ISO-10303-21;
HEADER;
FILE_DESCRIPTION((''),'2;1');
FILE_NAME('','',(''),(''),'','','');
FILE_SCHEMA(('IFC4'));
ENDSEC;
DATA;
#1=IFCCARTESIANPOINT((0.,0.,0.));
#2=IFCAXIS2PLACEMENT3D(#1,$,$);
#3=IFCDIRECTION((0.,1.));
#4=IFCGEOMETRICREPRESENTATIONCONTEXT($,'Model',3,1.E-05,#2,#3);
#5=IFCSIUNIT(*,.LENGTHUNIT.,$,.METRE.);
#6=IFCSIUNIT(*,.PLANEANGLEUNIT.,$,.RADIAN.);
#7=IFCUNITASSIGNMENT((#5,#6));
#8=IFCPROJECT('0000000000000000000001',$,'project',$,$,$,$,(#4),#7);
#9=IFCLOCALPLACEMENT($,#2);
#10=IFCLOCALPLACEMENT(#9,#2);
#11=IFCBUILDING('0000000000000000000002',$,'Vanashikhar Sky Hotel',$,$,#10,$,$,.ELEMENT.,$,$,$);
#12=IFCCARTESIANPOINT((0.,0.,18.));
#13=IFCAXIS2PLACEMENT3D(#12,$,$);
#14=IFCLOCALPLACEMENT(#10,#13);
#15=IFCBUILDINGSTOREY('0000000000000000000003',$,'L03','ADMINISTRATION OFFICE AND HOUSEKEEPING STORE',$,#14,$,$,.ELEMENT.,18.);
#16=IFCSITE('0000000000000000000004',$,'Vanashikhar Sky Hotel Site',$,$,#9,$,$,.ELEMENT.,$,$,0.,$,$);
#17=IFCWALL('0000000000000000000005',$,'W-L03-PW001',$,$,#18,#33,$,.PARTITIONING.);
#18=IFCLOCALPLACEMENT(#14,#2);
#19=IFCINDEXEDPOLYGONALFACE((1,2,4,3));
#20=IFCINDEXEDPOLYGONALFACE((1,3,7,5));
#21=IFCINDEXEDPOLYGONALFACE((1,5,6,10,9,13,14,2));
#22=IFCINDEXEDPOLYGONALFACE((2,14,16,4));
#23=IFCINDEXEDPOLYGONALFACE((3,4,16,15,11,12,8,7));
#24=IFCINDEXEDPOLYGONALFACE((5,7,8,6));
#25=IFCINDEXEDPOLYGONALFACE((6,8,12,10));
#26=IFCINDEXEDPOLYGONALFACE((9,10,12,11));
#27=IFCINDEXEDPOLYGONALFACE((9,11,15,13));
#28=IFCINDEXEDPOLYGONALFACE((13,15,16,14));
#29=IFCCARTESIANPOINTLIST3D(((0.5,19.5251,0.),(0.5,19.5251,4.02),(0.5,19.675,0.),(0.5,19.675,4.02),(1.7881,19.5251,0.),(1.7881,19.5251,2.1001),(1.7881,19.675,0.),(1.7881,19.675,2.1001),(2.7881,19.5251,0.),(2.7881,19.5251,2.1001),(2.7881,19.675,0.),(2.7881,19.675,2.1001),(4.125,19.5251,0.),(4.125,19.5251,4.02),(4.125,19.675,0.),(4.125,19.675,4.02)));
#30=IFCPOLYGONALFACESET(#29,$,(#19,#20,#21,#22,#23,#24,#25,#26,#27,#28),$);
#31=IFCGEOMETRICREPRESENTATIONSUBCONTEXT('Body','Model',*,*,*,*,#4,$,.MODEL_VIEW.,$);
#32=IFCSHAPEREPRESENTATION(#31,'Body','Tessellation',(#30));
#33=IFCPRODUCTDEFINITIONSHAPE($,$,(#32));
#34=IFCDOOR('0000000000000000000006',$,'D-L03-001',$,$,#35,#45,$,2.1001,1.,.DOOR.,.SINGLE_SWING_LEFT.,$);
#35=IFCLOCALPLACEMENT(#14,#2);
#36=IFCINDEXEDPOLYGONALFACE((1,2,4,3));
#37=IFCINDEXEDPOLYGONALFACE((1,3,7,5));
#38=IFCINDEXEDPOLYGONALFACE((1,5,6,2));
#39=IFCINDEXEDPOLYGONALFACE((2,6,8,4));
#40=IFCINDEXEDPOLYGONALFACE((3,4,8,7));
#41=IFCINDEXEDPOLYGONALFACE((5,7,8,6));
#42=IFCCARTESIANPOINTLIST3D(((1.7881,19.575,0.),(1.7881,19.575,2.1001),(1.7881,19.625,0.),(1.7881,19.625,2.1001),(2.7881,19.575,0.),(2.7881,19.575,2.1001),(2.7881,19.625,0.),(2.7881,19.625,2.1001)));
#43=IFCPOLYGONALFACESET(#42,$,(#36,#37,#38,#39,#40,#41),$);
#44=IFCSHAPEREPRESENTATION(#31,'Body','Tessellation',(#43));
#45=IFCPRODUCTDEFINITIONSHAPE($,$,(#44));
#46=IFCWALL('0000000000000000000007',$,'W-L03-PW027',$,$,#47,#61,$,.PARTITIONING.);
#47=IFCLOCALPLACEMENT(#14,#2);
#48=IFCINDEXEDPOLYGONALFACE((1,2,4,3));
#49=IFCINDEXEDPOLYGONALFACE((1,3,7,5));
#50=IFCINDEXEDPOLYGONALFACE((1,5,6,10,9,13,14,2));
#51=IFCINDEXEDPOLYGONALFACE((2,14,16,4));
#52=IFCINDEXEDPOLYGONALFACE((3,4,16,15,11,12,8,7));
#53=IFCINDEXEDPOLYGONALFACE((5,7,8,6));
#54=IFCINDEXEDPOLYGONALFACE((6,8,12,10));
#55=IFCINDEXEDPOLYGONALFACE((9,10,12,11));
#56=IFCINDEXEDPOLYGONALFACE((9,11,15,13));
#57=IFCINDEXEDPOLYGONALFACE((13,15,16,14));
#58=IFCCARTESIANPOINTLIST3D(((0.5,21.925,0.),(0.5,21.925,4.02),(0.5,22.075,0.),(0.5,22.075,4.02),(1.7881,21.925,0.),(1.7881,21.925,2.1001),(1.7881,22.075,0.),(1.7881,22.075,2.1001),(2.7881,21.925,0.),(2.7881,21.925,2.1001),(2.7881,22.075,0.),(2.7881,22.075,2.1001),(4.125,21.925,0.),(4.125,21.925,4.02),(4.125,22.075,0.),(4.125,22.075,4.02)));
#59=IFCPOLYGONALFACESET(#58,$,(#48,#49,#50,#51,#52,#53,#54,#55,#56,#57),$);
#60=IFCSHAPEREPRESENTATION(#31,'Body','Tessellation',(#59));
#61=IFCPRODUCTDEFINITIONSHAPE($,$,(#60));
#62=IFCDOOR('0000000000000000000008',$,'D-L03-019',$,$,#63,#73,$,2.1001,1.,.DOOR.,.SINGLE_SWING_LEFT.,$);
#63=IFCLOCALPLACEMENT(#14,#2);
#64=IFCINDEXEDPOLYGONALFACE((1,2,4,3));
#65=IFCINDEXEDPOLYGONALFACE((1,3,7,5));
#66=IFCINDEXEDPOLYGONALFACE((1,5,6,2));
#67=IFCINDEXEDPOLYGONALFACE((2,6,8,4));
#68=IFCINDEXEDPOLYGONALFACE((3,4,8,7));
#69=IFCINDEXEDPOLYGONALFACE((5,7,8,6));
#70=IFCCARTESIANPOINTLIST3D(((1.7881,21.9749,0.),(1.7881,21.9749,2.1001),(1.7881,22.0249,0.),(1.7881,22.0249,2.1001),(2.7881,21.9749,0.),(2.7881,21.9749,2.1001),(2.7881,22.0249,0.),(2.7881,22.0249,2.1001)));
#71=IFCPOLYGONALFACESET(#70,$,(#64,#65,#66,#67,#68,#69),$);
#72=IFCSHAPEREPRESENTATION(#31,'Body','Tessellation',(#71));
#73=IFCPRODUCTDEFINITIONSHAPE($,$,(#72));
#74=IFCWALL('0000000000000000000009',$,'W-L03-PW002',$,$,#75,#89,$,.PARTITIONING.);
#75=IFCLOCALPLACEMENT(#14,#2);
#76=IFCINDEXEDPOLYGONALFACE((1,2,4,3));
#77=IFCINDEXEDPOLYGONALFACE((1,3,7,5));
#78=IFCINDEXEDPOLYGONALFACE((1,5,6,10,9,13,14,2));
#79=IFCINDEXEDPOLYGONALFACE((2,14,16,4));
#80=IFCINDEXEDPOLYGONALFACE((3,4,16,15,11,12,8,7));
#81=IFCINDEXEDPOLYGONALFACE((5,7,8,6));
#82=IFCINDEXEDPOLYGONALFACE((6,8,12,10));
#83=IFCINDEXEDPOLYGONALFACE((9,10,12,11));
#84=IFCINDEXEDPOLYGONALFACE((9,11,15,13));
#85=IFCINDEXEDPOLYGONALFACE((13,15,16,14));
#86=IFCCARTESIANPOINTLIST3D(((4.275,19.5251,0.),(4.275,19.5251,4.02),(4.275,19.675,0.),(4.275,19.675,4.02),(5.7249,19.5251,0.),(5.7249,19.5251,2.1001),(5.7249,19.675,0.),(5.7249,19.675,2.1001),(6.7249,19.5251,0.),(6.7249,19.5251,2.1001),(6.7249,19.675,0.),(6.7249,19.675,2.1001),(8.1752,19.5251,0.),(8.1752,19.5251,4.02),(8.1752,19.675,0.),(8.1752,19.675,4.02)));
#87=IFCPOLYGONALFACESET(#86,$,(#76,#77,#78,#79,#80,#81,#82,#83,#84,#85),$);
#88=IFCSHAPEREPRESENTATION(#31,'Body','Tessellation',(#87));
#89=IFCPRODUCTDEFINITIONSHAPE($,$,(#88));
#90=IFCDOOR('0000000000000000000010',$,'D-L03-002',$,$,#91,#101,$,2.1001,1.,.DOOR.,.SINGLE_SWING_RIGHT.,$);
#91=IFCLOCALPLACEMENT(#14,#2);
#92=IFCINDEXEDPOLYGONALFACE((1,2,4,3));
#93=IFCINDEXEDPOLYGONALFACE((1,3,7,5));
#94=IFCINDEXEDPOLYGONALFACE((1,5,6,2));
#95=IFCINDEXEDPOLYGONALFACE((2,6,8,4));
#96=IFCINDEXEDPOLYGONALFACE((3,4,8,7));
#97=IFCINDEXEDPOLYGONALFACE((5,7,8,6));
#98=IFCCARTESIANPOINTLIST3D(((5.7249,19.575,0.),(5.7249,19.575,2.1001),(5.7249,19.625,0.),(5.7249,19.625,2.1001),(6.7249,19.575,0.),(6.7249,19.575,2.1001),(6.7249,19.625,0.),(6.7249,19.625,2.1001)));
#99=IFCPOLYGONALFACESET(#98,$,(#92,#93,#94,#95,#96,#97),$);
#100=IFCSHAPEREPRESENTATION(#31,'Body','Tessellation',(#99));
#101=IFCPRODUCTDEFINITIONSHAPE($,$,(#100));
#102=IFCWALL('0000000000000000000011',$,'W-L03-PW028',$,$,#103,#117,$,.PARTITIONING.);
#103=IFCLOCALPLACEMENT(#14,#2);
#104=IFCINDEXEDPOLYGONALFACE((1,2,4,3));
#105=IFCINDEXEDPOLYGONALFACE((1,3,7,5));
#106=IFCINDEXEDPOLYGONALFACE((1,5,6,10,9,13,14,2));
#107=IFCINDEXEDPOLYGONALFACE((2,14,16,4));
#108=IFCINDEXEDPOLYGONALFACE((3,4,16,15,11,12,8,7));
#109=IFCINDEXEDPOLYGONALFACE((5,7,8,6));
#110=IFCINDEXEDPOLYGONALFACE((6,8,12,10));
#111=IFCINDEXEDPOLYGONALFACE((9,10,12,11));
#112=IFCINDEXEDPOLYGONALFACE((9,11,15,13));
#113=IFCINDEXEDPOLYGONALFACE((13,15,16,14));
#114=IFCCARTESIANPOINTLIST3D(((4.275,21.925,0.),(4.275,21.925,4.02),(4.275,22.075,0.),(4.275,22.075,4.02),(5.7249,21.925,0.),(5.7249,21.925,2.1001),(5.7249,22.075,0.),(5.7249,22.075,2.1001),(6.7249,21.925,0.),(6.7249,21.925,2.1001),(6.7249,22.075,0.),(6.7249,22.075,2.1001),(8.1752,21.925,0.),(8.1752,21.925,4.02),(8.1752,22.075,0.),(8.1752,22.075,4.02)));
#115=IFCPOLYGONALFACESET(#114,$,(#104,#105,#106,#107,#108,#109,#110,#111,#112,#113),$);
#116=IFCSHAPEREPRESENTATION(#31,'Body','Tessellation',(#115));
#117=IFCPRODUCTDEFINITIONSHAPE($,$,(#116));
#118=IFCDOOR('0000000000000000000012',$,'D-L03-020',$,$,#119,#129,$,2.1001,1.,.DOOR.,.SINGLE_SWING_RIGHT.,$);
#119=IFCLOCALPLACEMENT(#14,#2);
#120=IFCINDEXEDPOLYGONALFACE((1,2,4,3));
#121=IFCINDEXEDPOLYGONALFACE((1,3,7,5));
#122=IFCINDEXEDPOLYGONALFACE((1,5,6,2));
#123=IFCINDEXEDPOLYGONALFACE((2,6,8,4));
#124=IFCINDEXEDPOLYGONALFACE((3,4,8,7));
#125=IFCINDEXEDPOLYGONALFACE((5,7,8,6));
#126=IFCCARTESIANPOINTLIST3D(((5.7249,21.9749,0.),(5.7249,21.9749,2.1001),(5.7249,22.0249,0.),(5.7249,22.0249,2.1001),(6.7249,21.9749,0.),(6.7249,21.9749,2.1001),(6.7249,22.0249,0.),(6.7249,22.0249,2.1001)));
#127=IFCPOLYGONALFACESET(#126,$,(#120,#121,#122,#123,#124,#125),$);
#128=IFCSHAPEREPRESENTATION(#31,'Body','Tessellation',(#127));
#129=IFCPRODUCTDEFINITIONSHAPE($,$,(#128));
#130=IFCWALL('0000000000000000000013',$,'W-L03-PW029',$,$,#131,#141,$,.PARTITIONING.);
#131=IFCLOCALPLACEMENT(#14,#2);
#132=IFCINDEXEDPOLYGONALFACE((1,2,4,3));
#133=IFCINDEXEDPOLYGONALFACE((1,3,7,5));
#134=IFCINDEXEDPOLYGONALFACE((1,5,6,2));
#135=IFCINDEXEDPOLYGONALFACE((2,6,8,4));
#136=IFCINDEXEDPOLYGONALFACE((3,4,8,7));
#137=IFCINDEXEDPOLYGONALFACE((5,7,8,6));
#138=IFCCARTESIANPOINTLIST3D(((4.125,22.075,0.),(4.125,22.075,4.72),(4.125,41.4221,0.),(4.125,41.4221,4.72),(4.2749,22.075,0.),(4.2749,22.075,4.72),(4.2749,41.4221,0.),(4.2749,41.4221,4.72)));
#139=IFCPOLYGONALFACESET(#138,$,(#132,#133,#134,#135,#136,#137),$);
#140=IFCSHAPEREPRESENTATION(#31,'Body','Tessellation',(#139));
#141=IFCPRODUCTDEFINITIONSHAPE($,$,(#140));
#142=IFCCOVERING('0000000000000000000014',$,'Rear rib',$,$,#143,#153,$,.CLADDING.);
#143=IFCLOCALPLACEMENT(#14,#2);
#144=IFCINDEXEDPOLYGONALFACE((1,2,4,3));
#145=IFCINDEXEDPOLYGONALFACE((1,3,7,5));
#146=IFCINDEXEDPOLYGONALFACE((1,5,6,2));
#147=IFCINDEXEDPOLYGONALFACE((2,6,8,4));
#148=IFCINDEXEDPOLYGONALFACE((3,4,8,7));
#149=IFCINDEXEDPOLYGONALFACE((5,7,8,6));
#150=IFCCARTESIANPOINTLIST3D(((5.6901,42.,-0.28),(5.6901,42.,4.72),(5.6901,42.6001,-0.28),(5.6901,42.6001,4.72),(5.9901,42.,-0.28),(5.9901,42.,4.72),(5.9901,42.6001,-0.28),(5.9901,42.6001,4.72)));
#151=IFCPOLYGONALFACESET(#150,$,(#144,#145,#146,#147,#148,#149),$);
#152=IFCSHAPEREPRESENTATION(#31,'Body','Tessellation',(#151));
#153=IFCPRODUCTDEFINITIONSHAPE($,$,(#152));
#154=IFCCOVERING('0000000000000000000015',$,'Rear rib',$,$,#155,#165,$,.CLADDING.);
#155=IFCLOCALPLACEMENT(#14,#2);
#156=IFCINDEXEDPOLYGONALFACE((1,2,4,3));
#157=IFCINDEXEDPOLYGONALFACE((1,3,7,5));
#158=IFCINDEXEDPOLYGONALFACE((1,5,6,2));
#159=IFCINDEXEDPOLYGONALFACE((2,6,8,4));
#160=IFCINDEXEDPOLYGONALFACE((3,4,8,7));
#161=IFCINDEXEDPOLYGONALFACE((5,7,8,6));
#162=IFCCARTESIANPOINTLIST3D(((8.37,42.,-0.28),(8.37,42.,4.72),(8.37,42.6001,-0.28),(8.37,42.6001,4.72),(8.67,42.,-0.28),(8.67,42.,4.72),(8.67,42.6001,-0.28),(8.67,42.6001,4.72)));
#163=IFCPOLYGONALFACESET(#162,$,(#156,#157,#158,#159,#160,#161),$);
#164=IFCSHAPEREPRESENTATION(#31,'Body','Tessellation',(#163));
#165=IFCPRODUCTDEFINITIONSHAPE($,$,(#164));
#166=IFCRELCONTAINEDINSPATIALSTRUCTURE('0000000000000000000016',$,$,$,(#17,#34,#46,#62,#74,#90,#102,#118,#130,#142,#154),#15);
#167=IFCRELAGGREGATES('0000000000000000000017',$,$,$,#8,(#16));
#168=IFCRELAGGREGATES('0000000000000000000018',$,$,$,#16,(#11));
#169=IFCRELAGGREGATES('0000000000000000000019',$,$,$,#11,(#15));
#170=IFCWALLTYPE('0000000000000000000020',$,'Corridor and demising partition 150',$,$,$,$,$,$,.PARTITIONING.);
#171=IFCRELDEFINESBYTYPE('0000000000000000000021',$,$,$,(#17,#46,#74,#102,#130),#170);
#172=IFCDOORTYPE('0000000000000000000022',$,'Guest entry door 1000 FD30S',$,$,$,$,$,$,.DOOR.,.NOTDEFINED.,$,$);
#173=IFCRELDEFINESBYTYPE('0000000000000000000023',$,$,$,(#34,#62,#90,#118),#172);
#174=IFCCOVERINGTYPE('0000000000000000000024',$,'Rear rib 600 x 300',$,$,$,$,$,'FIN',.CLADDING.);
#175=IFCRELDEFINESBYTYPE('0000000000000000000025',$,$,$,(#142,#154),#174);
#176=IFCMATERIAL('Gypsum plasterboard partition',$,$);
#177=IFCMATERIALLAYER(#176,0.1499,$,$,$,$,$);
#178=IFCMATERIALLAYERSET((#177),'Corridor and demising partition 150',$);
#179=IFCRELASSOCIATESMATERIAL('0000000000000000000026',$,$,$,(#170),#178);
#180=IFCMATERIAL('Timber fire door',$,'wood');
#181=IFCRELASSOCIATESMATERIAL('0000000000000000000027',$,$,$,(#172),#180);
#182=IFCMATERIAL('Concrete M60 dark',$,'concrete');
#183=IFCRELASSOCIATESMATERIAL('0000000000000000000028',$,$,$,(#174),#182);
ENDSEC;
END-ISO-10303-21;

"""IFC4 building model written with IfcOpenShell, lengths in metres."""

from ifc_helpers import new_model, si_unit, direction, frame, frame_2d, origin, origin_2d, place, context, subcontext, project, spatial, rectangle, extrude, source, transform, mapped, material, layer, layer_set, material_profile, profile_set, type_object, element, fill, save


model = new_model("IFC4")

# Units and contexts
model_context = context("Model", 3, precision=1e-05, world=origin(), true_north=direction((0.0, 1.0)))
body_context = subcontext(model_context, "Body", "Model", "MODEL_VIEW")
ifc_project = project(units=[si_unit("LENGTHUNIT", "METRE"), si_unit("PLANEANGLEUNIT", "RADIAN")], contexts=[model_context])

# Site, building, storey
site_placement = place(None, origin())
site = spatial("IfcSite", under=ifc_project, at=site_placement, Name="Vanashikhar Sky Hotel Site", CompositionType="ELEMENT", RefElevation=0.0)
building_placement = place(site_placement, origin())
building = spatial("IfcBuilding", under=site, at=building_placement, Name="Vanashikhar Sky Hotel", CompositionType="ELEMENT")
storey_placement = place(building_placement, frame((0.0, 0.0, 18.0)))
storey = spatial("IfcBuildingStorey", under=building, at=storey_placement, Name="L03", Description="ADMINISTRATION OFFICE AND HOUSEKEEPING STORE", CompositionType="ELEMENT", Elevation=18.0)

# Walls, openings, doors
ifc_material_1 = material(Name="Gypsum plasterboard partition")
ifc_layer_1 = layer(ifc_material_1, 0.1499)
ifc_layer_set_1 = layer_set([ifc_layer_1], Name="Corridor and demising partition 150")
wall_type_1 = type_object("IfcWallType", Name="Corridor and demising partition 150", PredefinedType="PARTITIONING", material=ifc_layer_set_1)
shared_shape_1 = source(origin(), body_context, "Body", "SweptSolid", [
    extrude(rectangle(XDim=3.625, YDim=0.1499, at=frame_2d((1.8125, 0.0))), origin(), (0.0, 0.0, 1.0), 4.02),
])
wall_1_placement = place(storey_placement, frame((0.5, 19.6001, 0.0), z_axis=(0.0, 0.0, 1.0), x_axis=(1.0, 0.0, 0.0)))
wall_1 = element("IfcWall", 1, at=wall_1_placement, inside=storey, type_object=wall_type_1, Name="W-L03-PW001", PredefinedType="PARTITIONING", context=body_context, shape_type="MappedRepresentation", body=[
    mapped(shared_shape_1, transform((0.0, 0.0, 0.0), scale=1.0)),
])
shared_shape_2 = source(origin(), body_context, "Body", "SweptSolid", [
    extrude(rectangle(XDim=1.0, YDim=2.1001, at=frame_2d((0.5, 1.05))), frame((0.0, 0.085, 0.0), z_axis=(0.0, -1.0, 0.0), x_axis=(1.0, 0.0, 0.0)), (0.0, 0.0, 1.0), 0.1699),
])
opening_1_placement = place(wall_1_placement, frame((1.2881, 0.0, 0.0)))
opening_1 = element("IfcOpeningElement", 2, at=opening_1_placement, cuts=wall_1, PredefinedType="OPENING", context=body_context, shape_type="MappedRepresentation", body=[
    mapped(shared_shape_2, transform((0.0, 0.0, 0.0), scale=1.0)),
])
ifc_material_2 = material(Name="Timber fire door", Category="wood")
door_type_1 = type_object("IfcDoorType", Name="Guest entry door 1000 FD30S", OperationType="NOTDEFINED", PredefinedType="DOOR", material=ifc_material_2)
shared_shape_3 = source(origin(), body_context, "Body", "SweptSolid", [
    extrude(rectangle(XDim=1.0, YDim=2.1001, at=frame_2d((0.5, 1.05))), frame((0.0, 0.0249, 0.0), z_axis=(0.0, -1.0, 0.0), x_axis=(1.0, 0.0, 0.0)), (0.0, 0.0, 1.0), 0.05),
])
door_1_placement = place(opening_1_placement, origin())
door_1 = element("IfcDoor", 3, at=door_1_placement, inside=storey, type_object=door_type_1, Name="D-L03-001", OperationType="SINGLE_SWING_LEFT", OverallHeight=2.1001, OverallWidth=1.0, PredefinedType="DOOR", context=body_context, shape_type="MappedRepresentation", body=[
    mapped(shared_shape_3, transform((0.0, 0.0, 0.0), scale=1.0)),
])
fill(opening_1, door_1)
wall_2_placement = place(storey_placement, frame((0.5, 22.0, 0.0), z_axis=(0.0, 0.0, 1.0), x_axis=(1.0, 0.0, 0.0)))
wall_2 = element("IfcWall", 4, at=wall_2_placement, inside=storey, type_object=wall_type_1, Name="W-L03-PW027", PredefinedType="PARTITIONING", context=body_context, shape_type="MappedRepresentation", body=[
    mapped(shared_shape_1, transform((0.0, 0.0, 0.0), scale=1.0)),
])
opening_2_placement = place(wall_2_placement, frame((1.2881, 0.0, 0.0)))
opening_2 = element("IfcOpeningElement", 5, at=opening_2_placement, cuts=wall_2, PredefinedType="OPENING", context=body_context, shape_type="MappedRepresentation", body=[
    mapped(shared_shape_2, transform((0.0, 0.0, 0.0), scale=1.0)),
])
door_2_placement = place(opening_2_placement, origin())
door_2 = element("IfcDoor", 6, at=door_2_placement, inside=storey, type_object=door_type_1, Name="D-L03-019", OperationType="SINGLE_SWING_LEFT", OverallHeight=2.1001, OverallWidth=1.0, PredefinedType="DOOR", context=body_context, shape_type="MappedRepresentation", body=[
    mapped(shared_shape_3, transform((0.0, 0.0, 0.0), scale=1.0)),
])
fill(opening_2, door_2)
shared_shape_4 = source(origin(), body_context, "Body", "SweptSolid", [
    extrude(rectangle(XDim=3.9001, YDim=0.1499, at=frame_2d((1.9502, 0.0))), origin(), (0.0, 0.0, 1.0), 4.02),
])
wall_3_placement = place(storey_placement, frame((4.2749, 19.6001, 0.0), z_axis=(0.0, 0.0, 1.0), x_axis=(1.0, 0.0, 0.0)))
wall_3 = element("IfcWall", 7, at=wall_3_placement, inside=storey, type_object=wall_type_1, Name="W-L03-PW002", PredefinedType="PARTITIONING", context=body_context, shape_type="MappedRepresentation", body=[
    mapped(shared_shape_4, transform((0.0, 0.0, 0.0), scale=1.0)),
])
opening_3_placement = place(wall_3_placement, frame((1.45, 0.0, 0.0)))
opening_3 = element("IfcOpeningElement", 8, at=opening_3_placement, cuts=wall_3, PredefinedType="OPENING", context=body_context, shape_type="MappedRepresentation", body=[
    mapped(shared_shape_2, transform((0.0, 0.0, 0.0), scale=1.0)),
])
door_3_placement = place(opening_3_placement, origin())
door_3 = element("IfcDoor", 9, at=door_3_placement, inside=storey, type_object=door_type_1, Name="D-L03-002", OperationType="SINGLE_SWING_RIGHT", OverallHeight=2.1001, OverallWidth=1.0, PredefinedType="DOOR", context=body_context, shape_type="MappedRepresentation", body=[
    mapped(shared_shape_3, transform((0.0, 0.0, 0.0), scale=1.0)),
])
fill(opening_3, door_3)
wall_4_placement = place(storey_placement, frame((4.2749, 22.0, 0.0), z_axis=(0.0, 0.0, 1.0), x_axis=(1.0, 0.0, 0.0)))
wall_4 = element("IfcWall", 10, at=wall_4_placement, inside=storey, type_object=wall_type_1, Name="W-L03-PW028", PredefinedType="PARTITIONING", context=body_context, shape_type="MappedRepresentation", body=[
    mapped(shared_shape_4, transform((0.0, 0.0, 0.0), scale=1.0)),
])
opening_4_placement = place(wall_4_placement, frame((1.45, 0.0, 0.0)))
opening_4 = element("IfcOpeningElement", 11, at=opening_4_placement, cuts=wall_4, PredefinedType="OPENING", context=body_context, shape_type="MappedRepresentation", body=[
    mapped(shared_shape_2, transform((0.0, 0.0, 0.0), scale=1.0)),
])
door_4_placement = place(opening_4_placement, origin())
door_4 = element("IfcDoor", 12, at=door_4_placement, inside=storey, type_object=door_type_1, Name="D-L03-020", OperationType="SINGLE_SWING_RIGHT", OverallHeight=2.1001, OverallWidth=1.0, PredefinedType="DOOR", context=body_context, shape_type="MappedRepresentation", body=[
    mapped(shared_shape_3, transform((0.0, 0.0, 0.0), scale=1.0)),
])
fill(opening_4, door_4)

# Wall
shared_shape_5 = source(origin(), body_context, "Body", "SweptSolid", [
    extrude(rectangle(XDim=19.3472, YDim=0.1499, at=frame_2d((9.6736, 0.0))), origin(), (0.0, 0.0, 1.0), 4.72),
])
wall_5_placement = place(storey_placement, frame((4.2, 22.075, 0.0), z_axis=(0.0, 0.0, 1.0), x_axis=(0.0, 1.0, 0.0)))
element("IfcWall", 13, at=wall_5_placement, inside=storey, type_object=wall_type_1, Name="W-L03-PW029", PredefinedType="PARTITIONING", context=body_context, shape_type="MappedRepresentation", body=[
    mapped(shared_shape_5, transform((0.0, 0.0, 0.0), scale=1.0)),
])

# Coverings
ifc_material_3 = material(Name="Concrete M60 dark", Category="concrete")
ifc_material_profile_1 = material_profile(ifc_material_3, rectangle(XDim=0.6001, YDim=0.3, at=origin_2d()))
ifc_profile_set_1 = profile_set([ifc_material_profile_1], Name="Rear rib 600 x 300")
covering_type_1 = type_object("IfcCoveringType", Name="Rear rib 600 x 300", ElementType="FIN", PredefinedType="CLADDING", material=ifc_profile_set_1)
shared_shape_6 = source(origin(), body_context, "Body", "SweptSolid", [
    extrude(rectangle(XDim=0.6001, YDim=0.3, at=origin_2d()), origin(), (0.0, 0.0, 1.0), 5.0),
])
for number, where, z_axis, x_axis, name in (
    (14, (5.8401, 42.3, -0.28), (0.0, 0.0, 1.0), (0.0, 1.0, 0.0), "Rear rib"),
    (15, (8.52, 42.3, -0.28), (0.0, 0.0, 1.0), (0.0, 1.0, 0.0), "Rear rib"),
):
    element("IfcCovering", number, at=place(storey_placement, frame(where, z_axis=z_axis, x_axis=x_axis)), inside=storey, type_object=covering_type_1, Name=name, PredefinedType="CLADDING", context=body_context, shape_type="MappedRepresentation", body=[
        mapped(shared_shape_6, transform((0.0, 0.0, 0.0), scale=1.0)),
    ])

save(model, "model.ifc")
